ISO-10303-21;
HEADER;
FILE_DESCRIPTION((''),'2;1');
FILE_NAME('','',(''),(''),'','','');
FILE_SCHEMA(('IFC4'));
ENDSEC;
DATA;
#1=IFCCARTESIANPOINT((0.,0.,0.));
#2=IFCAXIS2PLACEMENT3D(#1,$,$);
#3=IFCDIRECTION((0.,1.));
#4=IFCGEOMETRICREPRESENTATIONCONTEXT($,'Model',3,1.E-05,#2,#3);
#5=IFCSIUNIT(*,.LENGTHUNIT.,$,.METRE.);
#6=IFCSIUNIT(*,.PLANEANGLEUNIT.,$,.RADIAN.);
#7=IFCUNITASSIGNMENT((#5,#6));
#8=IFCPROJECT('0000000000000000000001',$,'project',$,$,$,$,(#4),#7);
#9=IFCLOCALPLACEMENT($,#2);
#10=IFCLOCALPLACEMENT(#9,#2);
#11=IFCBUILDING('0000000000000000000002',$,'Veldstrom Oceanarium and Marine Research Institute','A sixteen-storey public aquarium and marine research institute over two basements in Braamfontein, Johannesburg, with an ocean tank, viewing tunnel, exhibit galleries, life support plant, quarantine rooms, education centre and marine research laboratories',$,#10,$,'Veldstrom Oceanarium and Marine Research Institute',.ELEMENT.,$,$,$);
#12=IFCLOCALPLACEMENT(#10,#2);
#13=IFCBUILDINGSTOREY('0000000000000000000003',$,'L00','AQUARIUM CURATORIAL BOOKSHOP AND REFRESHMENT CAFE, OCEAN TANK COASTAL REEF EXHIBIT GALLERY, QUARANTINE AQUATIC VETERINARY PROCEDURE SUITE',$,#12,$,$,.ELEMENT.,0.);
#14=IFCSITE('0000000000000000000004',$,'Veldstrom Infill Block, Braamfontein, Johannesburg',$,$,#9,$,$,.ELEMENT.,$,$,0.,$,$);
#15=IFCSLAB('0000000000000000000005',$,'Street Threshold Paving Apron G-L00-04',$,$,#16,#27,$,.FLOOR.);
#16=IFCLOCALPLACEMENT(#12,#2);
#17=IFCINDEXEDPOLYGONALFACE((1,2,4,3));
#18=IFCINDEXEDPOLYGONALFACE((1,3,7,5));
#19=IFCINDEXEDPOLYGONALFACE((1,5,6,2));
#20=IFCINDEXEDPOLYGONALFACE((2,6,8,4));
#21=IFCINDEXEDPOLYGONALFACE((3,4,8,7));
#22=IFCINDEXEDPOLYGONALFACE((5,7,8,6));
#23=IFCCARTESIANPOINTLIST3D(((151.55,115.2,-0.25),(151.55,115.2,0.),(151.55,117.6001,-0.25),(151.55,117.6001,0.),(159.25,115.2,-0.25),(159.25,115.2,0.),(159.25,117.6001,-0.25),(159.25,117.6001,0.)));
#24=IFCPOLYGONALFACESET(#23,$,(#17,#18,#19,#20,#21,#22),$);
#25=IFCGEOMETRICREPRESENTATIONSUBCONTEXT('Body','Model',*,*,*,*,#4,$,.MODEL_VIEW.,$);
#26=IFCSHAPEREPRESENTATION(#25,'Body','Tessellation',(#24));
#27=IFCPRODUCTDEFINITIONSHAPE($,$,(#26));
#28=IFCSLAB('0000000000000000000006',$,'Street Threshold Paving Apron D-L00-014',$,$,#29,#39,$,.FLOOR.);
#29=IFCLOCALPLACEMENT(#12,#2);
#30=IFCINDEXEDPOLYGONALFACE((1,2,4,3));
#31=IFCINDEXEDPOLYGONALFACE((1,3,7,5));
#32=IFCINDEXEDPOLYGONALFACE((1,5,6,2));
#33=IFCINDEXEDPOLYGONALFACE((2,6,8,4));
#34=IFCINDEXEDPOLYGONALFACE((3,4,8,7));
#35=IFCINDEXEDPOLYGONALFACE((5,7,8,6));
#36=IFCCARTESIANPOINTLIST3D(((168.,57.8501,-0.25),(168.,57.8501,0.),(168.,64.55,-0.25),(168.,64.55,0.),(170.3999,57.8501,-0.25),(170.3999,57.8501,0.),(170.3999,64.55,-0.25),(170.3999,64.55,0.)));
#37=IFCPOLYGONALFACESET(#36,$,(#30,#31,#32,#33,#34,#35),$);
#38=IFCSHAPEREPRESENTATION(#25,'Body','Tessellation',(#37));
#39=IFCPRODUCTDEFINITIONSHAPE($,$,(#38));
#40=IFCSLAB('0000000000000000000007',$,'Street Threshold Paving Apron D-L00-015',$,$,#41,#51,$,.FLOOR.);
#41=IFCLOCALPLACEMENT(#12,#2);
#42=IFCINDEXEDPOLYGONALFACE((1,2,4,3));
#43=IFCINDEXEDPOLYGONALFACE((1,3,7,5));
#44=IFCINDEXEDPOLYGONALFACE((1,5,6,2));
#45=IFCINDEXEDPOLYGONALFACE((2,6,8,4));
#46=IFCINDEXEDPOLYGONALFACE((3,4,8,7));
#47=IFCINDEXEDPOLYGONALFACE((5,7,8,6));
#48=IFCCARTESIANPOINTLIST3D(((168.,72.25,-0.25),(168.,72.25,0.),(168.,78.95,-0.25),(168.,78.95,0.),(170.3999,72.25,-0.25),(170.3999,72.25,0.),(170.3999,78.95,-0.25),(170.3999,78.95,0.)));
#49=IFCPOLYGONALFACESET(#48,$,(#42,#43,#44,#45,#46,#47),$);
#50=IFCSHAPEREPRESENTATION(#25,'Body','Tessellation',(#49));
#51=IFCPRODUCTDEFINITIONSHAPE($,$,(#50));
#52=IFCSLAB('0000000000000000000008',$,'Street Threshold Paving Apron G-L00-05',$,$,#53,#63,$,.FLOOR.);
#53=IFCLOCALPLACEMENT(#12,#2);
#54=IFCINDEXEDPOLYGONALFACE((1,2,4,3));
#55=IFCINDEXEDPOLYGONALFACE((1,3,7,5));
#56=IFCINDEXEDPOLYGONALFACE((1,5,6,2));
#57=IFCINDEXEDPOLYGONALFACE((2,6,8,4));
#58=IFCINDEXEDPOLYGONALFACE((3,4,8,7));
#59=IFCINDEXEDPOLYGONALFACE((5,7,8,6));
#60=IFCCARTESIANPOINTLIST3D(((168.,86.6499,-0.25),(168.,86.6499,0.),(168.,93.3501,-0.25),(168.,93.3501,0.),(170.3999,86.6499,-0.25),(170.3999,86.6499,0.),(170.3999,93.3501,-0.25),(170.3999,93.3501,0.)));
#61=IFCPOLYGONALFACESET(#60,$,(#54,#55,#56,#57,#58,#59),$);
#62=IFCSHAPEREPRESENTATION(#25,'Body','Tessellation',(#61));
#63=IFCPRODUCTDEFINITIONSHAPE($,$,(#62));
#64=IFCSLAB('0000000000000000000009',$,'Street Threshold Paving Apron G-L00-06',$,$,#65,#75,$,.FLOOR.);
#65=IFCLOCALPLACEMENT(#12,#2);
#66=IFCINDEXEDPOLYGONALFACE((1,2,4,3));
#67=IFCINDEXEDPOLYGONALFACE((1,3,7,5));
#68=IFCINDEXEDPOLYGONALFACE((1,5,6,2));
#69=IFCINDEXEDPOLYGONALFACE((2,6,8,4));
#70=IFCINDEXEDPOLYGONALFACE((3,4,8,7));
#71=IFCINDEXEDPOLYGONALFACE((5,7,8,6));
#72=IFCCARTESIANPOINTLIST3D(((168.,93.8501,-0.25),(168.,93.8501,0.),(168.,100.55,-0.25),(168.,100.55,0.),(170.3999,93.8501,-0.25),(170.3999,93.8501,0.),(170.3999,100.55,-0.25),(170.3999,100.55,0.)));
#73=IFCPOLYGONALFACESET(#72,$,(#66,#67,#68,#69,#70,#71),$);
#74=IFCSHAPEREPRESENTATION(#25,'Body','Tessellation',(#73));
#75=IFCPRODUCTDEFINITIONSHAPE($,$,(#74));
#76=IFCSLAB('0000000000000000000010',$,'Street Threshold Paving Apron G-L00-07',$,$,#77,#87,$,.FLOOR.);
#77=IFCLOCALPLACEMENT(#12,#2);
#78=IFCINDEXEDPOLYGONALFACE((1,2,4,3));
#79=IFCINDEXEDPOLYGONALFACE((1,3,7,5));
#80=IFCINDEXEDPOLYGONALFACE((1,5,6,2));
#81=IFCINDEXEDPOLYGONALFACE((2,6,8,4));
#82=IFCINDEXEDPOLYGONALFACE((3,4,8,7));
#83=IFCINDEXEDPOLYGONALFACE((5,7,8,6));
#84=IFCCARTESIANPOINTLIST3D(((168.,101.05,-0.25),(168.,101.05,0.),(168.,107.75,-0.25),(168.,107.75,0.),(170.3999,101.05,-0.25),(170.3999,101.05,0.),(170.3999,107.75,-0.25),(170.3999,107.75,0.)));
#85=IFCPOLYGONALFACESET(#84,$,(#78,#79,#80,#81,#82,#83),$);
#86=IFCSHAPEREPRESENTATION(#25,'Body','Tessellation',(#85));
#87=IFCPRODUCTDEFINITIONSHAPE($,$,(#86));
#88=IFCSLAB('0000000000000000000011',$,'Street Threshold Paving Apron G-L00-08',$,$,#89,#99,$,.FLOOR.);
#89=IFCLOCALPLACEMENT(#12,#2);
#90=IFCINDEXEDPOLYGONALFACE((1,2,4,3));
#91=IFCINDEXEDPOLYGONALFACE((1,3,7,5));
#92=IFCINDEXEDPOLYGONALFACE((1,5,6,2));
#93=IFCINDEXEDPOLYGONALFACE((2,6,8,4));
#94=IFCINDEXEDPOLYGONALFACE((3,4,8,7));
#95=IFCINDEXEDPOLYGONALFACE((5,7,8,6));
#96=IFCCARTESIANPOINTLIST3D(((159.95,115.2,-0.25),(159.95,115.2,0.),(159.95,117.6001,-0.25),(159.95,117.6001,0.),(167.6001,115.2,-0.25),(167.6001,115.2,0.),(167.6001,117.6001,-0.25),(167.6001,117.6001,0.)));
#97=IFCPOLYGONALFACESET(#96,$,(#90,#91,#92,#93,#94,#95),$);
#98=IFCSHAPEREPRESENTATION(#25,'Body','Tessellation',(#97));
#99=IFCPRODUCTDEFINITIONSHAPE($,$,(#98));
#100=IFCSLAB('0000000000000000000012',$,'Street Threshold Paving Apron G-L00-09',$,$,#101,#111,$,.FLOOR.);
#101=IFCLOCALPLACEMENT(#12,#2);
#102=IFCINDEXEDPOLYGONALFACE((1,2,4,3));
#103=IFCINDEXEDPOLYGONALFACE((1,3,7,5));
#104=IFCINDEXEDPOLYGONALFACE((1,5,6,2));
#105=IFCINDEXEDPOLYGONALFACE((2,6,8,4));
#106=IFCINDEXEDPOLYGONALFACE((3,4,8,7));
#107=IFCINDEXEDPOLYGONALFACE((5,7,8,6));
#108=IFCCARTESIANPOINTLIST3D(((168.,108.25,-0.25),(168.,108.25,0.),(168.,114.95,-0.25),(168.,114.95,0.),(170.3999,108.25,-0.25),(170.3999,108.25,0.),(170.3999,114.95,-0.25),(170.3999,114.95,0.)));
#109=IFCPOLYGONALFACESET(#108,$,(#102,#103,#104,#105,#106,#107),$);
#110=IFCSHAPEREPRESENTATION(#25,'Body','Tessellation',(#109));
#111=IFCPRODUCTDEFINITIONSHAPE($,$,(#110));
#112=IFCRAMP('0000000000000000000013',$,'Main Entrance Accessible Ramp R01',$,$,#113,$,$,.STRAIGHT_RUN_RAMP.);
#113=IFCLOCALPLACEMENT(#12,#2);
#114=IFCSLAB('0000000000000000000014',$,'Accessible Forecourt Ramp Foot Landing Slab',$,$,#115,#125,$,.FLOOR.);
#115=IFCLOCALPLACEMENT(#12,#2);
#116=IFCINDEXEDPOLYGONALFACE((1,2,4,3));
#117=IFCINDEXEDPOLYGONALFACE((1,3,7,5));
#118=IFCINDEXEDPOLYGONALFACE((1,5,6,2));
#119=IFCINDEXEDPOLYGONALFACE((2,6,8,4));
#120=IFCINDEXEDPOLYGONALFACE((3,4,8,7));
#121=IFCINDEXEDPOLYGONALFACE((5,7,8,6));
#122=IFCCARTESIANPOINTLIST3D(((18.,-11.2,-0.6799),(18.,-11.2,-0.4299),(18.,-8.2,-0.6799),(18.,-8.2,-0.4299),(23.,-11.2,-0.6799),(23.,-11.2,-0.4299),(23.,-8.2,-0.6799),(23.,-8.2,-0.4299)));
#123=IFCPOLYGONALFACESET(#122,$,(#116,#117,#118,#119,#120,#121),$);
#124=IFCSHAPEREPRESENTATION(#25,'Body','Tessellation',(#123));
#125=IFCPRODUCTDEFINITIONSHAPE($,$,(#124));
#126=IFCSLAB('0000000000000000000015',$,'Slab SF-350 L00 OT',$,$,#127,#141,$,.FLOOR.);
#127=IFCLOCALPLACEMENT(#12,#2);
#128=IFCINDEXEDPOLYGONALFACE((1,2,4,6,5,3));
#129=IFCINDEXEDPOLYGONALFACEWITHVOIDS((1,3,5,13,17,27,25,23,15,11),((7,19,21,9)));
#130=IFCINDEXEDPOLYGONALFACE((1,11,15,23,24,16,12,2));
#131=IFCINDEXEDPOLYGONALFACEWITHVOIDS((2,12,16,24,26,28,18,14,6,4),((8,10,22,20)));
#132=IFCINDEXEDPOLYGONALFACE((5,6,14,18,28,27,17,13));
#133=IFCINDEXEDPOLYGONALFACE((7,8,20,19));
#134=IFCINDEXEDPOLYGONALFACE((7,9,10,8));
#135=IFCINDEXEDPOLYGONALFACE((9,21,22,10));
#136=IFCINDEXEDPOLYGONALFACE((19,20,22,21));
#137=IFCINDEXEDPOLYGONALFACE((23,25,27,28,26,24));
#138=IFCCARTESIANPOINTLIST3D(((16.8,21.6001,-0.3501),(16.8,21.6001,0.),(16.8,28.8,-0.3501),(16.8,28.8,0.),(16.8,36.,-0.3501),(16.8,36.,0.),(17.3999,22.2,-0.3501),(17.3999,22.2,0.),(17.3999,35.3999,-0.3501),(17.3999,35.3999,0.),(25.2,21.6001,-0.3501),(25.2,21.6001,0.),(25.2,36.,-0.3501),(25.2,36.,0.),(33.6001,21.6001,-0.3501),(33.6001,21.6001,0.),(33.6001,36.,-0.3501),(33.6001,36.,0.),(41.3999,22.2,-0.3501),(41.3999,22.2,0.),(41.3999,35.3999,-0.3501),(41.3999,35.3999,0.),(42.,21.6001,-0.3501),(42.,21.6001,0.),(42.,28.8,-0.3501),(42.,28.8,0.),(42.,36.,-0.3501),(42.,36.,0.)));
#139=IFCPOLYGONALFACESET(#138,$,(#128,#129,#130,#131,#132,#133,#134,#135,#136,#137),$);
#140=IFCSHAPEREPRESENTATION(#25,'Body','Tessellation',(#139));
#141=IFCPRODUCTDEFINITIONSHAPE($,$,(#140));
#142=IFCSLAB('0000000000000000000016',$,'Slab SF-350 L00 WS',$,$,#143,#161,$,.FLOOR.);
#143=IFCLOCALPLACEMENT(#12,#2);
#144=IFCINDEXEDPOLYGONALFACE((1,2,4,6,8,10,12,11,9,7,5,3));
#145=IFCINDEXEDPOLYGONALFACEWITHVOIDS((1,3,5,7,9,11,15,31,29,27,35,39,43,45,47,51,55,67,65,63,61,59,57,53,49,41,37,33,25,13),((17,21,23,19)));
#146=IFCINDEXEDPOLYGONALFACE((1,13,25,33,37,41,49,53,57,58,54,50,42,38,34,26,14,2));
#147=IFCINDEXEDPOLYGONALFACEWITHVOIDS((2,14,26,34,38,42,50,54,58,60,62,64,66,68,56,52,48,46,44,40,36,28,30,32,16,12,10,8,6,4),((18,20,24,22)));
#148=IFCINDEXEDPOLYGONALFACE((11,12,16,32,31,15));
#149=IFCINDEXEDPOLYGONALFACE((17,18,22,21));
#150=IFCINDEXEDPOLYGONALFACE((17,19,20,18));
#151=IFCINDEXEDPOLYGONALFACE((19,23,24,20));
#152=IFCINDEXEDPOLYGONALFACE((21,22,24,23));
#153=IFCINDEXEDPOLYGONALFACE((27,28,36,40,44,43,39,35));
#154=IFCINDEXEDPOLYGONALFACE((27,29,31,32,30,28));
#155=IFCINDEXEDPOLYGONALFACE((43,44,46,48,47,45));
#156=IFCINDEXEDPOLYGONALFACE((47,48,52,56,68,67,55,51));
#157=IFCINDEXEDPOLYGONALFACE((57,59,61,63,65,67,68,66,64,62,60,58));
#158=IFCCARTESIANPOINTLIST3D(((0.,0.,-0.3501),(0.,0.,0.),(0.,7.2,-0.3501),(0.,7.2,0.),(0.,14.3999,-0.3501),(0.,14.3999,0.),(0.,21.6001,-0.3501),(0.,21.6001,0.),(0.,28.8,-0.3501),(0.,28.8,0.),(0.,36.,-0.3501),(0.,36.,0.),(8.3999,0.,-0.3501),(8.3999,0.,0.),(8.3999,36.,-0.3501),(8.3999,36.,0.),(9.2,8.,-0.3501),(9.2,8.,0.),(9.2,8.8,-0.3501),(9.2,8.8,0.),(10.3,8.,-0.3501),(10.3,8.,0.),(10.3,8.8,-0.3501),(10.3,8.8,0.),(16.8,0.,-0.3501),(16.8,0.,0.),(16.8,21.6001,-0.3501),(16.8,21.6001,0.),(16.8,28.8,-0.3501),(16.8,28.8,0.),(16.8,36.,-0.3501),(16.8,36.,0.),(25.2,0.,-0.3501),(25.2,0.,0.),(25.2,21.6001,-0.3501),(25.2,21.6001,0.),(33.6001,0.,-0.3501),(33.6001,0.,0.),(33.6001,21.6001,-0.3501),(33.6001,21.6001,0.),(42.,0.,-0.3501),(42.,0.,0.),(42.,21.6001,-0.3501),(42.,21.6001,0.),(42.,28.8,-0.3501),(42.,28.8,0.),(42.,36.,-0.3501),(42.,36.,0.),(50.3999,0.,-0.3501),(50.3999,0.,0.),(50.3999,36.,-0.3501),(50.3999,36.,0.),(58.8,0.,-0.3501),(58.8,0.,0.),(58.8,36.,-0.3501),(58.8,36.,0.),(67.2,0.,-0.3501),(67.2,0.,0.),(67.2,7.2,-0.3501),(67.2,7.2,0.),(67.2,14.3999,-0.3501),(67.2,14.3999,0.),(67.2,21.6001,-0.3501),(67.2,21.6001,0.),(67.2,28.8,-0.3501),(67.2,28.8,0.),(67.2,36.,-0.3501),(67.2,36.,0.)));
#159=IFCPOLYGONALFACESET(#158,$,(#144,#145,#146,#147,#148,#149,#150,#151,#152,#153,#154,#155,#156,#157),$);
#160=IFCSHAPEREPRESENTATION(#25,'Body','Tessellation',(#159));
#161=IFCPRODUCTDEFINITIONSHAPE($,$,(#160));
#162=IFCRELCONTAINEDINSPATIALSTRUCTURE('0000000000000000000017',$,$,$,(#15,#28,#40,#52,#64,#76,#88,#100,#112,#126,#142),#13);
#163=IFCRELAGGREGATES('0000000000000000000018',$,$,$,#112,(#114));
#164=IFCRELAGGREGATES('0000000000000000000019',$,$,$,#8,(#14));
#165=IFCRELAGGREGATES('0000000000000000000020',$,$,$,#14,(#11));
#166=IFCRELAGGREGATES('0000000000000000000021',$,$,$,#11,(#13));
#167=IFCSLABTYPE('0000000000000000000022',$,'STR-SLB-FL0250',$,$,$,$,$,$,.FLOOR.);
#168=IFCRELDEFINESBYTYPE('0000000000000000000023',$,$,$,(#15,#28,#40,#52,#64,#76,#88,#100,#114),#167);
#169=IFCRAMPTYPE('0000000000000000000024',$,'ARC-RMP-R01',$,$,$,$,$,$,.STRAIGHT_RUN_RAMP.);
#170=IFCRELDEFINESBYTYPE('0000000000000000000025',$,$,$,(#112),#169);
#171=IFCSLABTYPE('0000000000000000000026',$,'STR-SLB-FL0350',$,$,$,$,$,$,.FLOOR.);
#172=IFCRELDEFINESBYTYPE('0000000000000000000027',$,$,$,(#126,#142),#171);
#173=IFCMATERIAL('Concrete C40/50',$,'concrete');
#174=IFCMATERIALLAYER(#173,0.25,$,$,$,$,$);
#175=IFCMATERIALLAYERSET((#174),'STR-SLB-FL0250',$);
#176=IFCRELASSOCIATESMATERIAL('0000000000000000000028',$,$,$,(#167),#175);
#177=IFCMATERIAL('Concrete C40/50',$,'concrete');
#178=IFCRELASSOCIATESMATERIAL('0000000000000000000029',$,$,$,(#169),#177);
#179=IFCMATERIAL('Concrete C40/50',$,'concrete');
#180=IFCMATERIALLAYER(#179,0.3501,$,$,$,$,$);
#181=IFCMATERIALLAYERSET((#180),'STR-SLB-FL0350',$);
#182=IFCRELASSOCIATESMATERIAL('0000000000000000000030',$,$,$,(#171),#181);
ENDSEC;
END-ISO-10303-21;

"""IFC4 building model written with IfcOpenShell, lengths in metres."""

from ifc_helpers import new_model, si_unit, direction, frame, origin, place, context, subcontext, project, spatial, polyline, outline, extrude, material, layer, layer_set, type_object, element, aggregate, save


model = new_model("IFC4")

# Units and contexts
model_context = context("Model", 3, precision=1e-05, world=origin(), true_north=direction((0.0, 1.0)))
body_context = subcontext(model_context, "Body", "Model", "MODEL_VIEW")
ifc_project = project(units=[si_unit("LENGTHUNIT", "METRE"), si_unit("PLANEANGLEUNIT", "RADIAN")], contexts=[model_context])

# Site, building, storey
site_placement = place(None, origin())
site = spatial("IfcSite", under=ifc_project, at=site_placement, Name="Veldstrom Infill Block, Braamfontein, Johannesburg", CompositionType="ELEMENT", RefElevation=0.0)
building_placement = place(site_placement, origin())
building = spatial("IfcBuilding", under=site, at=building_placement, Name="Veldstrom Oceanarium and Marine Research Institute", Description="A sixteen-storey public aquarium and marine research institute over two basements in Braamfontein, Johannesburg, with an ocean tank, viewing tunnel, exhibit galleries, life support plant, quarantine rooms, education centre and marine research laboratories", LongName="Veldstrom Oceanarium and Marine Research Institute", CompositionType="ELEMENT")
storey_placement = place(building_placement, origin())
storey = spatial("IfcBuildingStorey", under=building, at=storey_placement, Name="L00", Description="AQUARIUM CURATORIAL BOOKSHOP AND REFRESHMENT CAFE, OCEAN TANK COASTAL REEF EXHIBIT GALLERY, QUARANTINE AQUATIC VETERINARY PROCEDURE SUITE", CompositionType="ELEMENT", Elevation=0.0)

# Slabs
ifc_material_1 = material(Name="Concrete C40/50", Category="concrete")
ifc_layer_1 = layer(ifc_material_1, 0.25)
ifc_layer_set_1 = layer_set([ifc_layer_1], Name="STR-SLB-FL0250")
slab_type_1 = type_object("IfcSlabType", Name="STR-SLB-FL0250", PredefinedType="FLOOR", material=ifc_layer_set_1)
slab_1_placement = place(storey_placement, frame((0.0, 0.0, -0.25)))
element("IfcSlab", 1, at=slab_1_placement, inside=storey, type_object=slab_type_1, Name="Street Threshold Paving Apron G-L00-04", PredefinedType="FLOOR", context=body_context, shape_type="SweptSolid", body=[
    extrude(outline(polyline([(151.55, 115.2), (159.25, 115.2), (159.25, 117.6001), (151.55, 117.6001), (151.55, 115.2)])), origin(), (0.0, 0.0, 1.0), 0.25),
])
slab_2_placement = place(storey_placement, frame((0.0, 0.0, -0.25)))
element("IfcSlab", 2, at=slab_2_placement, inside=storey, type_object=slab_type_1, Name="Street Threshold Paving Apron D-L00-014", PredefinedType="FLOOR", context=body_context, shape_type="SweptSolid", body=[
    extrude(outline(polyline([(168.0, 57.8501), (170.3999, 57.8501), (170.3999, 64.55), (168.0, 64.55), (168.0, 57.8501)])), origin(), (0.0, 0.0, 1.0), 0.25),
])
slab_3_placement = place(storey_placement, frame((0.0, 0.0, -0.25)))
element("IfcSlab", 3, at=slab_3_placement, inside=storey, type_object=slab_type_1, Name="Street Threshold Paving Apron D-L00-015", PredefinedType="FLOOR", context=body_context, shape_type="SweptSolid", body=[
    extrude(outline(polyline([(168.0, 72.25), (170.3999, 72.25), (170.3999, 78.95), (168.0, 78.95), (168.0, 72.25)])), origin(), (0.0, 0.0, 1.0), 0.25),
])
slab_4_placement = place(storey_placement, frame((0.0, 0.0, -0.25)))
element("IfcSlab", 4, at=slab_4_placement, inside=storey, type_object=slab_type_1, Name="Street Threshold Paving Apron G-L00-05", PredefinedType="FLOOR", context=body_context, shape_type="SweptSolid", body=[
    extrude(outline(polyline([(168.0, 86.6499), (170.3999, 86.6499), (170.3999, 93.3501), (168.0, 93.3501), (168.0, 86.6499)])), origin(), (0.0, 0.0, 1.0), 0.25),
])
slab_5_placement = place(storey_placement, frame((0.0, 0.0, -0.25)))
element("IfcSlab", 5, at=slab_5_placement, inside=storey, type_object=slab_type_1, Name="Street Threshold Paving Apron G-L00-06", PredefinedType="FLOOR", context=body_context, shape_type="SweptSolid", body=[
    extrude(outline(polyline([(168.0, 93.8501), (170.3999, 93.8501), (170.3999, 100.55), (168.0, 100.55), (168.0, 93.8501)])), origin(), (0.0, 0.0, 1.0), 0.25),
])
slab_6_placement = place(storey_placement, frame((0.0, 0.0, -0.25)))
element("IfcSlab", 6, at=slab_6_placement, inside=storey, type_object=slab_type_1, Name="Street Threshold Paving Apron G-L00-07", PredefinedType="FLOOR", context=body_context, shape_type="SweptSolid", body=[
    extrude(outline(polyline([(168.0, 101.05), (170.3999, 101.05), (170.3999, 107.75), (168.0, 107.75), (168.0, 101.05)])), origin(), (0.0, 0.0, 1.0), 0.25),
])
slab_7_placement = place(storey_placement, frame((0.0, 0.0, -0.25)))
element("IfcSlab", 7, at=slab_7_placement, inside=storey, type_object=slab_type_1, Name="Street Threshold Paving Apron G-L00-08", PredefinedType="FLOOR", context=body_context, shape_type="SweptSolid", body=[
    extrude(outline(polyline([(159.95, 115.2), (167.6001, 115.2), (167.6001, 117.6001), (159.95, 117.6001), (159.95, 115.2)])), origin(), (0.0, 0.0, 1.0), 0.25),
])
slab_8_placement = place(storey_placement, frame((0.0, 0.0, -0.25)))
element("IfcSlab", 8, at=slab_8_placement, inside=storey, type_object=slab_type_1, Name="Street Threshold Paving Apron G-L00-09", PredefinedType="FLOOR", context=body_context, shape_type="SweptSolid", body=[
    extrude(outline(polyline([(168.0, 108.25), (170.3999, 108.25), (170.3999, 114.95), (168.0, 114.95), (168.0, 108.25)])), origin(), (0.0, 0.0, 1.0), 0.25),
])

# Ramp, slab
ifc_material_2 = material(Name="Concrete C40/50", Category="concrete")
ramp_type = type_object("IfcRampType", Name="ARC-RMP-R01", PredefinedType="STRAIGHT_RUN_RAMP", material=ifc_material_2)
ramp_placement = place(storey_placement, origin())
ramp = element("IfcRamp", 9, at=ramp_placement, inside=storey, type_object=ramp_type, Name="Main Entrance Accessible Ramp R01", PredefinedType="STRAIGHT_RUN_RAMP")
slab_9_placement = place(storey_placement, frame((0.0, 0.0, -0.6799)))
slab_9 = element("IfcSlab", 10, at=slab_9_placement, type_object=slab_type_1, Name="Accessible Forecourt Ramp Foot Landing Slab", PredefinedType="FLOOR", context=body_context, shape_type="SweptSolid", body=[
    extrude(outline(polyline([(18.0, -11.2), (23.0, -11.2), (23.0, -8.2), (18.0, -8.2), (18.0, -11.2)])), origin(), (0.0, 0.0, 1.0), 0.25),
])
aggregate(ramp, [slab_9])

# Slabs
ifc_material_3 = material(Name="Concrete C40/50", Category="concrete")
ifc_layer_2 = layer(ifc_material_3, 0.3501)
ifc_layer_set_2 = layer_set([ifc_layer_2], Name="STR-SLB-FL0350")
slab_type_2 = type_object("IfcSlabType", Name="STR-SLB-FL0350", PredefinedType="FLOOR", material=ifc_layer_set_2)
slab_10_placement = place(storey_placement, frame((0.0, 0.0, -0.3501)))
element("IfcSlab", 11, at=slab_10_placement, inside=storey, type_object=slab_type_2, Name="Slab SF-350 L00 OT", PredefinedType="FLOOR", context=body_context, shape_type="SweptSolid", body=[
    extrude(outline(polyline([(25.2, 21.6001), (16.8, 21.6001), (16.8, 28.8), (16.8, 36.0), (25.2, 36.0), (33.6001, 36.0), (42.0, 36.0), (42.0, 28.8), (42.0, 21.6001), (33.6001, 21.6001), (25.2, 21.6001)]), holes=[polyline([(17.3999, 35.3999), (17.3999, 22.2), (41.3999, 22.2), (41.3999, 35.3999), (17.3999, 35.3999)])]), origin(), (0.0, 0.0, 1.0), 0.3501),
])
slab_11_placement = place(storey_placement, frame((0.0, 0.0, -0.3501)))
element("IfcSlab", 12, at=slab_11_placement, inside=storey, type_object=slab_type_2, Name="Slab SF-350 L00 WS", PredefinedType="FLOOR", context=body_context, shape_type="SweptSolid", body=[
    extrude(outline(polyline([(58.8, 36.0), (67.2, 36.0), (67.2, 28.8), (67.2, 21.6001), (67.2, 14.3999), (67.2, 7.2), (67.2, 0.0), (58.8, 0.0), (50.3999, 0.0), (42.0, 0.0), (33.6001, 0.0), (25.2, 0.0), (16.8, 0.0), (8.3999, 0.0), (0.0, 0.0), (0.0, 7.2), (0.0, 14.3999), (0.0, 21.6001), (0.0, 28.8), (0.0, 36.0), (8.3999, 36.0), (16.8, 36.0), (16.8, 28.8), (16.8, 21.6001), (25.2, 21.6001), (33.6001, 21.6001), (42.0, 21.6001), (42.0, 28.8), (42.0, 36.0), (50.3999, 36.0), (58.8, 36.0)]), holes=[polyline([(10.3, 8.8), (9.2, 8.8), (9.2, 8.0), (10.3, 8.0), (10.3, 8.8)])]), origin(), (0.0, 0.0, 1.0), 0.3501),
])

save(model, "model.ifc")
